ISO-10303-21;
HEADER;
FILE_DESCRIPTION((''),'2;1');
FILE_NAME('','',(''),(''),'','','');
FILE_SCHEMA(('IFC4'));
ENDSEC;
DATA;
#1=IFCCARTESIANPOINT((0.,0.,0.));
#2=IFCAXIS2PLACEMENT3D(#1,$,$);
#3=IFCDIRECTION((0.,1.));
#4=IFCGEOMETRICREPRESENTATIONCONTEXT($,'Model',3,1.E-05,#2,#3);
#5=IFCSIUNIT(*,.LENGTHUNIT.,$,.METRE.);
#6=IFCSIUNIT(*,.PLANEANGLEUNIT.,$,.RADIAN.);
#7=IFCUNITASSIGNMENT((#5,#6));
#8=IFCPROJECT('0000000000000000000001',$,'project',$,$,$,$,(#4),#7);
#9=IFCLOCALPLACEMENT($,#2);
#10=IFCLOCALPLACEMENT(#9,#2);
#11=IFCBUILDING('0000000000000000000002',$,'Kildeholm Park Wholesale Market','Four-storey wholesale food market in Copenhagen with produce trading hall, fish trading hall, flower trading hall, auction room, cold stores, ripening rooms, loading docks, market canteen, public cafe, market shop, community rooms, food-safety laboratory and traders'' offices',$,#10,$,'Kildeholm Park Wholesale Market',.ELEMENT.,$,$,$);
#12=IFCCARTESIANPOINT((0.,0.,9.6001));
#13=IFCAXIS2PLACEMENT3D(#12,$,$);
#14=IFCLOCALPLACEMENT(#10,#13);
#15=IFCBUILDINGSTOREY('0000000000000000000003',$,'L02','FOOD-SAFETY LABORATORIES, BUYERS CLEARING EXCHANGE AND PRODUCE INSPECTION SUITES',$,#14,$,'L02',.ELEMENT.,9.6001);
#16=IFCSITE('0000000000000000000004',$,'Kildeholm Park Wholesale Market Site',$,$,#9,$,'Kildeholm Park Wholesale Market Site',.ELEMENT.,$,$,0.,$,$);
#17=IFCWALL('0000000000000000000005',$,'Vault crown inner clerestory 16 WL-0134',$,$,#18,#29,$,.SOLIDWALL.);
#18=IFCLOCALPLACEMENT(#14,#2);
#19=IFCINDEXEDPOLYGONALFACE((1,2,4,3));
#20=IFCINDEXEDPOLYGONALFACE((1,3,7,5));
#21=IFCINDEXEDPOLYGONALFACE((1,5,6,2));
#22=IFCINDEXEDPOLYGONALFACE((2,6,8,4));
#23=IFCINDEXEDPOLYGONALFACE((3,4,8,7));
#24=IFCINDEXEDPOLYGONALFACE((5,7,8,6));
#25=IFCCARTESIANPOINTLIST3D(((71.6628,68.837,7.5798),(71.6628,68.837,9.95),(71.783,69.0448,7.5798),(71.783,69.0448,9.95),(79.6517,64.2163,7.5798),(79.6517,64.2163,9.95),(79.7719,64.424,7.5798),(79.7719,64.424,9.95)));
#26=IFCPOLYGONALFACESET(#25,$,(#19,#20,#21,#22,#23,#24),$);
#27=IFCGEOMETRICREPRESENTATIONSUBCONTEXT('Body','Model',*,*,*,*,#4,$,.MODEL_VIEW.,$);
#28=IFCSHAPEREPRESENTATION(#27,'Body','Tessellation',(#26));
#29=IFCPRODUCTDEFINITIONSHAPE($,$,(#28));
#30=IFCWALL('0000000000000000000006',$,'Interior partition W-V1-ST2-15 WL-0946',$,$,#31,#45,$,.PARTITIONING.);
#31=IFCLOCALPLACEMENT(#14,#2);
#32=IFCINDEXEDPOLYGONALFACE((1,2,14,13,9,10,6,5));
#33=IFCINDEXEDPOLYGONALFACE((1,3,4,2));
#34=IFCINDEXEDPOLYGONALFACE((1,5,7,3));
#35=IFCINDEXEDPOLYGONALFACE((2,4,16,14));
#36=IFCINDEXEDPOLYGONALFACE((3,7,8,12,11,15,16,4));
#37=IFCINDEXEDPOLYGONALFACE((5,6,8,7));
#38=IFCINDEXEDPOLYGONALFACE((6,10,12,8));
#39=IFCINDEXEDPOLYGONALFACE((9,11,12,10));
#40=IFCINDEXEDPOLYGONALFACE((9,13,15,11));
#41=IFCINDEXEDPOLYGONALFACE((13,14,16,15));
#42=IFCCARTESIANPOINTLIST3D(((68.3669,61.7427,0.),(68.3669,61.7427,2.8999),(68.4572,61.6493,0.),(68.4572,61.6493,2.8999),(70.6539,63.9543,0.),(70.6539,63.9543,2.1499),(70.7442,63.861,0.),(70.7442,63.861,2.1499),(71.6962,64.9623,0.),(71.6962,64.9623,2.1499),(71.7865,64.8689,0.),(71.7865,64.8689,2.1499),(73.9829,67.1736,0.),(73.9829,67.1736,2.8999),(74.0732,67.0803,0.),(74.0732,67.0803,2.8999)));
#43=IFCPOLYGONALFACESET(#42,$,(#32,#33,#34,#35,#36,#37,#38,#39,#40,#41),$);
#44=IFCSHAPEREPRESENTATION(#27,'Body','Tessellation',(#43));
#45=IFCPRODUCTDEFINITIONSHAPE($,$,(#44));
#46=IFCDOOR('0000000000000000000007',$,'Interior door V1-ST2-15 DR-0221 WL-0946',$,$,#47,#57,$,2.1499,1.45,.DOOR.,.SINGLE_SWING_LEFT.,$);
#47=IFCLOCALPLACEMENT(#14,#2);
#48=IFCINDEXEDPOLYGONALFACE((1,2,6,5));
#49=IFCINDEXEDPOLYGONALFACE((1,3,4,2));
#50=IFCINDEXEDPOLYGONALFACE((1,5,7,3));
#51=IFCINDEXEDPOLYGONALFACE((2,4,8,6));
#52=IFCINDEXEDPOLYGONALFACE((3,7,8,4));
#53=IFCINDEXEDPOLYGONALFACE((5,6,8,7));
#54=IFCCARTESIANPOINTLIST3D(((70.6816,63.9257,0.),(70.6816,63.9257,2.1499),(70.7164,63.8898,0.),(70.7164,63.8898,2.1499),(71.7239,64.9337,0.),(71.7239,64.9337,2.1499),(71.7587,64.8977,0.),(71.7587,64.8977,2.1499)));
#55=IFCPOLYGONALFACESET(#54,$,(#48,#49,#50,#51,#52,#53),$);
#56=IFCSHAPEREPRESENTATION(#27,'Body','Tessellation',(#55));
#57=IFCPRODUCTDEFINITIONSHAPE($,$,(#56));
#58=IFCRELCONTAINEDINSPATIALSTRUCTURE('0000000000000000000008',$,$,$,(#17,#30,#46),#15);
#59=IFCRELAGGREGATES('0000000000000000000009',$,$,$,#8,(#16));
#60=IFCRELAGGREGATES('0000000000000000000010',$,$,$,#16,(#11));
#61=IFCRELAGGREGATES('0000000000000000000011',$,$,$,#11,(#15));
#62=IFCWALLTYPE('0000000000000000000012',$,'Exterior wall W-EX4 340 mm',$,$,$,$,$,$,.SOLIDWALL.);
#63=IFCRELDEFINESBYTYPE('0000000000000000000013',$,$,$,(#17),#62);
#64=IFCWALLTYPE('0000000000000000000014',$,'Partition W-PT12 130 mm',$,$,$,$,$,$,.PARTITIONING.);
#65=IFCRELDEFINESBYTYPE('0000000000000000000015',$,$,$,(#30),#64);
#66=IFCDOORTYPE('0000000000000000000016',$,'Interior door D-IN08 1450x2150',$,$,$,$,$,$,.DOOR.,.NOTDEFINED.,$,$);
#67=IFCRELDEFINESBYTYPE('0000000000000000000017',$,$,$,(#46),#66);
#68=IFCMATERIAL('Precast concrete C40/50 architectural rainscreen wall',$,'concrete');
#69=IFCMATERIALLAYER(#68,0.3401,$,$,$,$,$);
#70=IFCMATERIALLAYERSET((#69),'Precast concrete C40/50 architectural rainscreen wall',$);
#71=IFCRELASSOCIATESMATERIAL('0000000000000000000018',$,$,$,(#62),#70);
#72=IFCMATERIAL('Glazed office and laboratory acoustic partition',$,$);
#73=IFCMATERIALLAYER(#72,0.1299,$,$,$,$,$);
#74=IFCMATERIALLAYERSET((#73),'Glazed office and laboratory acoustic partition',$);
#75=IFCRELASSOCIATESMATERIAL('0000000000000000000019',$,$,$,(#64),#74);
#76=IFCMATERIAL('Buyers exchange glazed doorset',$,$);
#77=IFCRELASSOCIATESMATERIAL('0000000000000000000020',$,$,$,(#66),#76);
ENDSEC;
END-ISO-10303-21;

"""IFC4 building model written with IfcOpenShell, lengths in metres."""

from ifc_helpers import new_model, si_unit, direction, frame, frame_2d, origin, place, context, subcontext, project, spatial, rectangle, extrude, material, layer, layer_set, type_object, element, fill, save


model = new_model("IFC4")

# Units and contexts
model_context = context("Model", 3, precision=1e-05, world=origin(), true_north=direction((0.0, 1.0)))
body_context = subcontext(model_context, "Body", "Model", "MODEL_VIEW")
ifc_project = project(units=[si_unit("LENGTHUNIT", "METRE"), si_unit("PLANEANGLEUNIT", "RADIAN")], contexts=[model_context])

# Site, building, storey
site_placement = place(None, origin())
site = spatial("IfcSite", under=ifc_project, at=site_placement, Name="Kildeholm Park Wholesale Market Site", LongName="Kildeholm Park Wholesale Market Site", CompositionType="ELEMENT", RefElevation=0.0)
building_placement = place(site_placement, origin())
building = spatial("IfcBuilding", under=site, at=building_placement, Name="Kildeholm Park Wholesale Market", Description="Four-storey wholesale food market in Copenhagen with produce trading hall, fish trading hall, flower trading hall, auction room, cold stores, ripening rooms, loading docks, market canteen, public cafe, market shop, community rooms, food-safety laboratory and traders' offices", LongName="Kildeholm Park Wholesale Market", CompositionType="ELEMENT")
storey_placement = place(building_placement, frame((0.0, 0.0, 9.6001)))
storey = spatial("IfcBuildingStorey", under=building, at=storey_placement, Name="L02", Description="FOOD-SAFETY LABORATORIES, BUYERS CLEARING EXCHANGE AND PRODUCE INSPECTION SUITES", LongName="L02", CompositionType="ELEMENT", Elevation=9.6001)

# Wall
ifc_material_1 = material(Name="Precast concrete C40/50 architectural rainscreen wall", Category="concrete")
ifc_layer_1 = layer(ifc_material_1, 0.3401)
ifc_layer_set_1 = layer_set([ifc_layer_1], Name="Precast concrete C40/50 architectural rainscreen wall")
wall_type_1 = type_object("IfcWallType", Name="Exterior wall W-EX4 340 mm", PredefinedType="SOLIDWALL", material=ifc_layer_set_1)
wall_1_placement = place(storey_placement, frame((71.7229, 68.9409, 7.5798), z_axis=(0.0, 0.0, 1.0), x_axis=(0.865631, -0.500682, 0.0)))
element("IfcWall", 1, at=wall_1_placement, inside=storey, type_object=wall_type_1, Name="Vault crown inner clerestory 16 WL-0134", PredefinedType="SOLIDWALL", context=body_context, shape_type="SweptSolid", body=[
    extrude(rectangle(XDim=9.229, YDim=0.24, at=frame_2d((4.6145, 0.0))), origin(), (0.0, 0.0, 1.0), 2.3701),
])

# Wall, opening, door
ifc_material_2 = material(Name="Glazed office and laboratory acoustic partition")
ifc_layer_2 = layer(ifc_material_2, 0.1299)
ifc_layer_set_2 = layer_set([ifc_layer_2], Name="Glazed office and laboratory acoustic partition")
wall_type_2 = type_object("IfcWallType", Name="Partition W-PT12 130 mm", PredefinedType="PARTITIONING", material=ifc_layer_set_2)
wall_2_placement = place(storey_placement, frame((74.0281, 67.127, 0.0), z_axis=(0.0, 0.0, 1.0), x_axis=(-0.718851, -0.695164, 0.0)))
wall_2 = element("IfcWall", 2, at=wall_2_placement, inside=storey, type_object=wall_type_2, Name="Interior partition W-V1-ST2-15 WL-0946", PredefinedType="PARTITIONING", context=body_context, shape_type="SweptSolid", body=[
    extrude(rectangle(XDim=7.8125, YDim=0.1299, at=frame_2d((3.9062, 0.0))), origin(), (0.0, 0.0, 1.0), 2.8999),
])
opening_placement = place(wall_2_placement, frame((3.1809, 0.0, 0.0)))
opening = element("IfcOpeningElement", 3, at=opening_placement, cuts=wall_2, PredefinedType="OPENING", context=body_context, shape_type="SweptSolid", body=[
    extrude(rectangle(XDim=1.45, YDim=2.1499, at=frame_2d((0.7251, 1.075))), frame((0.0, 0.075, 0.0), z_axis=(0.0, -1.0, 0.0), x_axis=(1.0, 0.0, 0.0)), (0.0, 0.0, 1.0), 0.1499),
])
ifc_material_3 = material(Name="Buyers exchange glazed doorset")
door_type = type_object("IfcDoorType", Name="Interior door D-IN08 1450x2150", OperationType="NOTDEFINED", PredefinedType="DOOR", material=ifc_material_3)
door_placement = place(opening_placement, origin())
door = element("IfcDoor", 4, at=door_placement, inside=storey, type_object=door_type, Name="Interior door V1-ST2-15 DR-0221 WL-0946", OperationType="SINGLE_SWING_LEFT", OverallHeight=2.1499, OverallWidth=1.45, PredefinedType="DOOR", context=body_context, shape_type="SweptSolid", body=[
    extrude(rectangle(XDim=1.45, YDim=2.1499, at=frame_2d((0.7251, 1.075))), frame((0.0, 0.0249, 0.0), z_axis=(0.0, -1.0, 0.0), x_axis=(1.0, 0.0, 0.0)), (0.0, 0.0, 1.0), 0.05),
])
fill(opening, door)

save(model, "model.ifc")
